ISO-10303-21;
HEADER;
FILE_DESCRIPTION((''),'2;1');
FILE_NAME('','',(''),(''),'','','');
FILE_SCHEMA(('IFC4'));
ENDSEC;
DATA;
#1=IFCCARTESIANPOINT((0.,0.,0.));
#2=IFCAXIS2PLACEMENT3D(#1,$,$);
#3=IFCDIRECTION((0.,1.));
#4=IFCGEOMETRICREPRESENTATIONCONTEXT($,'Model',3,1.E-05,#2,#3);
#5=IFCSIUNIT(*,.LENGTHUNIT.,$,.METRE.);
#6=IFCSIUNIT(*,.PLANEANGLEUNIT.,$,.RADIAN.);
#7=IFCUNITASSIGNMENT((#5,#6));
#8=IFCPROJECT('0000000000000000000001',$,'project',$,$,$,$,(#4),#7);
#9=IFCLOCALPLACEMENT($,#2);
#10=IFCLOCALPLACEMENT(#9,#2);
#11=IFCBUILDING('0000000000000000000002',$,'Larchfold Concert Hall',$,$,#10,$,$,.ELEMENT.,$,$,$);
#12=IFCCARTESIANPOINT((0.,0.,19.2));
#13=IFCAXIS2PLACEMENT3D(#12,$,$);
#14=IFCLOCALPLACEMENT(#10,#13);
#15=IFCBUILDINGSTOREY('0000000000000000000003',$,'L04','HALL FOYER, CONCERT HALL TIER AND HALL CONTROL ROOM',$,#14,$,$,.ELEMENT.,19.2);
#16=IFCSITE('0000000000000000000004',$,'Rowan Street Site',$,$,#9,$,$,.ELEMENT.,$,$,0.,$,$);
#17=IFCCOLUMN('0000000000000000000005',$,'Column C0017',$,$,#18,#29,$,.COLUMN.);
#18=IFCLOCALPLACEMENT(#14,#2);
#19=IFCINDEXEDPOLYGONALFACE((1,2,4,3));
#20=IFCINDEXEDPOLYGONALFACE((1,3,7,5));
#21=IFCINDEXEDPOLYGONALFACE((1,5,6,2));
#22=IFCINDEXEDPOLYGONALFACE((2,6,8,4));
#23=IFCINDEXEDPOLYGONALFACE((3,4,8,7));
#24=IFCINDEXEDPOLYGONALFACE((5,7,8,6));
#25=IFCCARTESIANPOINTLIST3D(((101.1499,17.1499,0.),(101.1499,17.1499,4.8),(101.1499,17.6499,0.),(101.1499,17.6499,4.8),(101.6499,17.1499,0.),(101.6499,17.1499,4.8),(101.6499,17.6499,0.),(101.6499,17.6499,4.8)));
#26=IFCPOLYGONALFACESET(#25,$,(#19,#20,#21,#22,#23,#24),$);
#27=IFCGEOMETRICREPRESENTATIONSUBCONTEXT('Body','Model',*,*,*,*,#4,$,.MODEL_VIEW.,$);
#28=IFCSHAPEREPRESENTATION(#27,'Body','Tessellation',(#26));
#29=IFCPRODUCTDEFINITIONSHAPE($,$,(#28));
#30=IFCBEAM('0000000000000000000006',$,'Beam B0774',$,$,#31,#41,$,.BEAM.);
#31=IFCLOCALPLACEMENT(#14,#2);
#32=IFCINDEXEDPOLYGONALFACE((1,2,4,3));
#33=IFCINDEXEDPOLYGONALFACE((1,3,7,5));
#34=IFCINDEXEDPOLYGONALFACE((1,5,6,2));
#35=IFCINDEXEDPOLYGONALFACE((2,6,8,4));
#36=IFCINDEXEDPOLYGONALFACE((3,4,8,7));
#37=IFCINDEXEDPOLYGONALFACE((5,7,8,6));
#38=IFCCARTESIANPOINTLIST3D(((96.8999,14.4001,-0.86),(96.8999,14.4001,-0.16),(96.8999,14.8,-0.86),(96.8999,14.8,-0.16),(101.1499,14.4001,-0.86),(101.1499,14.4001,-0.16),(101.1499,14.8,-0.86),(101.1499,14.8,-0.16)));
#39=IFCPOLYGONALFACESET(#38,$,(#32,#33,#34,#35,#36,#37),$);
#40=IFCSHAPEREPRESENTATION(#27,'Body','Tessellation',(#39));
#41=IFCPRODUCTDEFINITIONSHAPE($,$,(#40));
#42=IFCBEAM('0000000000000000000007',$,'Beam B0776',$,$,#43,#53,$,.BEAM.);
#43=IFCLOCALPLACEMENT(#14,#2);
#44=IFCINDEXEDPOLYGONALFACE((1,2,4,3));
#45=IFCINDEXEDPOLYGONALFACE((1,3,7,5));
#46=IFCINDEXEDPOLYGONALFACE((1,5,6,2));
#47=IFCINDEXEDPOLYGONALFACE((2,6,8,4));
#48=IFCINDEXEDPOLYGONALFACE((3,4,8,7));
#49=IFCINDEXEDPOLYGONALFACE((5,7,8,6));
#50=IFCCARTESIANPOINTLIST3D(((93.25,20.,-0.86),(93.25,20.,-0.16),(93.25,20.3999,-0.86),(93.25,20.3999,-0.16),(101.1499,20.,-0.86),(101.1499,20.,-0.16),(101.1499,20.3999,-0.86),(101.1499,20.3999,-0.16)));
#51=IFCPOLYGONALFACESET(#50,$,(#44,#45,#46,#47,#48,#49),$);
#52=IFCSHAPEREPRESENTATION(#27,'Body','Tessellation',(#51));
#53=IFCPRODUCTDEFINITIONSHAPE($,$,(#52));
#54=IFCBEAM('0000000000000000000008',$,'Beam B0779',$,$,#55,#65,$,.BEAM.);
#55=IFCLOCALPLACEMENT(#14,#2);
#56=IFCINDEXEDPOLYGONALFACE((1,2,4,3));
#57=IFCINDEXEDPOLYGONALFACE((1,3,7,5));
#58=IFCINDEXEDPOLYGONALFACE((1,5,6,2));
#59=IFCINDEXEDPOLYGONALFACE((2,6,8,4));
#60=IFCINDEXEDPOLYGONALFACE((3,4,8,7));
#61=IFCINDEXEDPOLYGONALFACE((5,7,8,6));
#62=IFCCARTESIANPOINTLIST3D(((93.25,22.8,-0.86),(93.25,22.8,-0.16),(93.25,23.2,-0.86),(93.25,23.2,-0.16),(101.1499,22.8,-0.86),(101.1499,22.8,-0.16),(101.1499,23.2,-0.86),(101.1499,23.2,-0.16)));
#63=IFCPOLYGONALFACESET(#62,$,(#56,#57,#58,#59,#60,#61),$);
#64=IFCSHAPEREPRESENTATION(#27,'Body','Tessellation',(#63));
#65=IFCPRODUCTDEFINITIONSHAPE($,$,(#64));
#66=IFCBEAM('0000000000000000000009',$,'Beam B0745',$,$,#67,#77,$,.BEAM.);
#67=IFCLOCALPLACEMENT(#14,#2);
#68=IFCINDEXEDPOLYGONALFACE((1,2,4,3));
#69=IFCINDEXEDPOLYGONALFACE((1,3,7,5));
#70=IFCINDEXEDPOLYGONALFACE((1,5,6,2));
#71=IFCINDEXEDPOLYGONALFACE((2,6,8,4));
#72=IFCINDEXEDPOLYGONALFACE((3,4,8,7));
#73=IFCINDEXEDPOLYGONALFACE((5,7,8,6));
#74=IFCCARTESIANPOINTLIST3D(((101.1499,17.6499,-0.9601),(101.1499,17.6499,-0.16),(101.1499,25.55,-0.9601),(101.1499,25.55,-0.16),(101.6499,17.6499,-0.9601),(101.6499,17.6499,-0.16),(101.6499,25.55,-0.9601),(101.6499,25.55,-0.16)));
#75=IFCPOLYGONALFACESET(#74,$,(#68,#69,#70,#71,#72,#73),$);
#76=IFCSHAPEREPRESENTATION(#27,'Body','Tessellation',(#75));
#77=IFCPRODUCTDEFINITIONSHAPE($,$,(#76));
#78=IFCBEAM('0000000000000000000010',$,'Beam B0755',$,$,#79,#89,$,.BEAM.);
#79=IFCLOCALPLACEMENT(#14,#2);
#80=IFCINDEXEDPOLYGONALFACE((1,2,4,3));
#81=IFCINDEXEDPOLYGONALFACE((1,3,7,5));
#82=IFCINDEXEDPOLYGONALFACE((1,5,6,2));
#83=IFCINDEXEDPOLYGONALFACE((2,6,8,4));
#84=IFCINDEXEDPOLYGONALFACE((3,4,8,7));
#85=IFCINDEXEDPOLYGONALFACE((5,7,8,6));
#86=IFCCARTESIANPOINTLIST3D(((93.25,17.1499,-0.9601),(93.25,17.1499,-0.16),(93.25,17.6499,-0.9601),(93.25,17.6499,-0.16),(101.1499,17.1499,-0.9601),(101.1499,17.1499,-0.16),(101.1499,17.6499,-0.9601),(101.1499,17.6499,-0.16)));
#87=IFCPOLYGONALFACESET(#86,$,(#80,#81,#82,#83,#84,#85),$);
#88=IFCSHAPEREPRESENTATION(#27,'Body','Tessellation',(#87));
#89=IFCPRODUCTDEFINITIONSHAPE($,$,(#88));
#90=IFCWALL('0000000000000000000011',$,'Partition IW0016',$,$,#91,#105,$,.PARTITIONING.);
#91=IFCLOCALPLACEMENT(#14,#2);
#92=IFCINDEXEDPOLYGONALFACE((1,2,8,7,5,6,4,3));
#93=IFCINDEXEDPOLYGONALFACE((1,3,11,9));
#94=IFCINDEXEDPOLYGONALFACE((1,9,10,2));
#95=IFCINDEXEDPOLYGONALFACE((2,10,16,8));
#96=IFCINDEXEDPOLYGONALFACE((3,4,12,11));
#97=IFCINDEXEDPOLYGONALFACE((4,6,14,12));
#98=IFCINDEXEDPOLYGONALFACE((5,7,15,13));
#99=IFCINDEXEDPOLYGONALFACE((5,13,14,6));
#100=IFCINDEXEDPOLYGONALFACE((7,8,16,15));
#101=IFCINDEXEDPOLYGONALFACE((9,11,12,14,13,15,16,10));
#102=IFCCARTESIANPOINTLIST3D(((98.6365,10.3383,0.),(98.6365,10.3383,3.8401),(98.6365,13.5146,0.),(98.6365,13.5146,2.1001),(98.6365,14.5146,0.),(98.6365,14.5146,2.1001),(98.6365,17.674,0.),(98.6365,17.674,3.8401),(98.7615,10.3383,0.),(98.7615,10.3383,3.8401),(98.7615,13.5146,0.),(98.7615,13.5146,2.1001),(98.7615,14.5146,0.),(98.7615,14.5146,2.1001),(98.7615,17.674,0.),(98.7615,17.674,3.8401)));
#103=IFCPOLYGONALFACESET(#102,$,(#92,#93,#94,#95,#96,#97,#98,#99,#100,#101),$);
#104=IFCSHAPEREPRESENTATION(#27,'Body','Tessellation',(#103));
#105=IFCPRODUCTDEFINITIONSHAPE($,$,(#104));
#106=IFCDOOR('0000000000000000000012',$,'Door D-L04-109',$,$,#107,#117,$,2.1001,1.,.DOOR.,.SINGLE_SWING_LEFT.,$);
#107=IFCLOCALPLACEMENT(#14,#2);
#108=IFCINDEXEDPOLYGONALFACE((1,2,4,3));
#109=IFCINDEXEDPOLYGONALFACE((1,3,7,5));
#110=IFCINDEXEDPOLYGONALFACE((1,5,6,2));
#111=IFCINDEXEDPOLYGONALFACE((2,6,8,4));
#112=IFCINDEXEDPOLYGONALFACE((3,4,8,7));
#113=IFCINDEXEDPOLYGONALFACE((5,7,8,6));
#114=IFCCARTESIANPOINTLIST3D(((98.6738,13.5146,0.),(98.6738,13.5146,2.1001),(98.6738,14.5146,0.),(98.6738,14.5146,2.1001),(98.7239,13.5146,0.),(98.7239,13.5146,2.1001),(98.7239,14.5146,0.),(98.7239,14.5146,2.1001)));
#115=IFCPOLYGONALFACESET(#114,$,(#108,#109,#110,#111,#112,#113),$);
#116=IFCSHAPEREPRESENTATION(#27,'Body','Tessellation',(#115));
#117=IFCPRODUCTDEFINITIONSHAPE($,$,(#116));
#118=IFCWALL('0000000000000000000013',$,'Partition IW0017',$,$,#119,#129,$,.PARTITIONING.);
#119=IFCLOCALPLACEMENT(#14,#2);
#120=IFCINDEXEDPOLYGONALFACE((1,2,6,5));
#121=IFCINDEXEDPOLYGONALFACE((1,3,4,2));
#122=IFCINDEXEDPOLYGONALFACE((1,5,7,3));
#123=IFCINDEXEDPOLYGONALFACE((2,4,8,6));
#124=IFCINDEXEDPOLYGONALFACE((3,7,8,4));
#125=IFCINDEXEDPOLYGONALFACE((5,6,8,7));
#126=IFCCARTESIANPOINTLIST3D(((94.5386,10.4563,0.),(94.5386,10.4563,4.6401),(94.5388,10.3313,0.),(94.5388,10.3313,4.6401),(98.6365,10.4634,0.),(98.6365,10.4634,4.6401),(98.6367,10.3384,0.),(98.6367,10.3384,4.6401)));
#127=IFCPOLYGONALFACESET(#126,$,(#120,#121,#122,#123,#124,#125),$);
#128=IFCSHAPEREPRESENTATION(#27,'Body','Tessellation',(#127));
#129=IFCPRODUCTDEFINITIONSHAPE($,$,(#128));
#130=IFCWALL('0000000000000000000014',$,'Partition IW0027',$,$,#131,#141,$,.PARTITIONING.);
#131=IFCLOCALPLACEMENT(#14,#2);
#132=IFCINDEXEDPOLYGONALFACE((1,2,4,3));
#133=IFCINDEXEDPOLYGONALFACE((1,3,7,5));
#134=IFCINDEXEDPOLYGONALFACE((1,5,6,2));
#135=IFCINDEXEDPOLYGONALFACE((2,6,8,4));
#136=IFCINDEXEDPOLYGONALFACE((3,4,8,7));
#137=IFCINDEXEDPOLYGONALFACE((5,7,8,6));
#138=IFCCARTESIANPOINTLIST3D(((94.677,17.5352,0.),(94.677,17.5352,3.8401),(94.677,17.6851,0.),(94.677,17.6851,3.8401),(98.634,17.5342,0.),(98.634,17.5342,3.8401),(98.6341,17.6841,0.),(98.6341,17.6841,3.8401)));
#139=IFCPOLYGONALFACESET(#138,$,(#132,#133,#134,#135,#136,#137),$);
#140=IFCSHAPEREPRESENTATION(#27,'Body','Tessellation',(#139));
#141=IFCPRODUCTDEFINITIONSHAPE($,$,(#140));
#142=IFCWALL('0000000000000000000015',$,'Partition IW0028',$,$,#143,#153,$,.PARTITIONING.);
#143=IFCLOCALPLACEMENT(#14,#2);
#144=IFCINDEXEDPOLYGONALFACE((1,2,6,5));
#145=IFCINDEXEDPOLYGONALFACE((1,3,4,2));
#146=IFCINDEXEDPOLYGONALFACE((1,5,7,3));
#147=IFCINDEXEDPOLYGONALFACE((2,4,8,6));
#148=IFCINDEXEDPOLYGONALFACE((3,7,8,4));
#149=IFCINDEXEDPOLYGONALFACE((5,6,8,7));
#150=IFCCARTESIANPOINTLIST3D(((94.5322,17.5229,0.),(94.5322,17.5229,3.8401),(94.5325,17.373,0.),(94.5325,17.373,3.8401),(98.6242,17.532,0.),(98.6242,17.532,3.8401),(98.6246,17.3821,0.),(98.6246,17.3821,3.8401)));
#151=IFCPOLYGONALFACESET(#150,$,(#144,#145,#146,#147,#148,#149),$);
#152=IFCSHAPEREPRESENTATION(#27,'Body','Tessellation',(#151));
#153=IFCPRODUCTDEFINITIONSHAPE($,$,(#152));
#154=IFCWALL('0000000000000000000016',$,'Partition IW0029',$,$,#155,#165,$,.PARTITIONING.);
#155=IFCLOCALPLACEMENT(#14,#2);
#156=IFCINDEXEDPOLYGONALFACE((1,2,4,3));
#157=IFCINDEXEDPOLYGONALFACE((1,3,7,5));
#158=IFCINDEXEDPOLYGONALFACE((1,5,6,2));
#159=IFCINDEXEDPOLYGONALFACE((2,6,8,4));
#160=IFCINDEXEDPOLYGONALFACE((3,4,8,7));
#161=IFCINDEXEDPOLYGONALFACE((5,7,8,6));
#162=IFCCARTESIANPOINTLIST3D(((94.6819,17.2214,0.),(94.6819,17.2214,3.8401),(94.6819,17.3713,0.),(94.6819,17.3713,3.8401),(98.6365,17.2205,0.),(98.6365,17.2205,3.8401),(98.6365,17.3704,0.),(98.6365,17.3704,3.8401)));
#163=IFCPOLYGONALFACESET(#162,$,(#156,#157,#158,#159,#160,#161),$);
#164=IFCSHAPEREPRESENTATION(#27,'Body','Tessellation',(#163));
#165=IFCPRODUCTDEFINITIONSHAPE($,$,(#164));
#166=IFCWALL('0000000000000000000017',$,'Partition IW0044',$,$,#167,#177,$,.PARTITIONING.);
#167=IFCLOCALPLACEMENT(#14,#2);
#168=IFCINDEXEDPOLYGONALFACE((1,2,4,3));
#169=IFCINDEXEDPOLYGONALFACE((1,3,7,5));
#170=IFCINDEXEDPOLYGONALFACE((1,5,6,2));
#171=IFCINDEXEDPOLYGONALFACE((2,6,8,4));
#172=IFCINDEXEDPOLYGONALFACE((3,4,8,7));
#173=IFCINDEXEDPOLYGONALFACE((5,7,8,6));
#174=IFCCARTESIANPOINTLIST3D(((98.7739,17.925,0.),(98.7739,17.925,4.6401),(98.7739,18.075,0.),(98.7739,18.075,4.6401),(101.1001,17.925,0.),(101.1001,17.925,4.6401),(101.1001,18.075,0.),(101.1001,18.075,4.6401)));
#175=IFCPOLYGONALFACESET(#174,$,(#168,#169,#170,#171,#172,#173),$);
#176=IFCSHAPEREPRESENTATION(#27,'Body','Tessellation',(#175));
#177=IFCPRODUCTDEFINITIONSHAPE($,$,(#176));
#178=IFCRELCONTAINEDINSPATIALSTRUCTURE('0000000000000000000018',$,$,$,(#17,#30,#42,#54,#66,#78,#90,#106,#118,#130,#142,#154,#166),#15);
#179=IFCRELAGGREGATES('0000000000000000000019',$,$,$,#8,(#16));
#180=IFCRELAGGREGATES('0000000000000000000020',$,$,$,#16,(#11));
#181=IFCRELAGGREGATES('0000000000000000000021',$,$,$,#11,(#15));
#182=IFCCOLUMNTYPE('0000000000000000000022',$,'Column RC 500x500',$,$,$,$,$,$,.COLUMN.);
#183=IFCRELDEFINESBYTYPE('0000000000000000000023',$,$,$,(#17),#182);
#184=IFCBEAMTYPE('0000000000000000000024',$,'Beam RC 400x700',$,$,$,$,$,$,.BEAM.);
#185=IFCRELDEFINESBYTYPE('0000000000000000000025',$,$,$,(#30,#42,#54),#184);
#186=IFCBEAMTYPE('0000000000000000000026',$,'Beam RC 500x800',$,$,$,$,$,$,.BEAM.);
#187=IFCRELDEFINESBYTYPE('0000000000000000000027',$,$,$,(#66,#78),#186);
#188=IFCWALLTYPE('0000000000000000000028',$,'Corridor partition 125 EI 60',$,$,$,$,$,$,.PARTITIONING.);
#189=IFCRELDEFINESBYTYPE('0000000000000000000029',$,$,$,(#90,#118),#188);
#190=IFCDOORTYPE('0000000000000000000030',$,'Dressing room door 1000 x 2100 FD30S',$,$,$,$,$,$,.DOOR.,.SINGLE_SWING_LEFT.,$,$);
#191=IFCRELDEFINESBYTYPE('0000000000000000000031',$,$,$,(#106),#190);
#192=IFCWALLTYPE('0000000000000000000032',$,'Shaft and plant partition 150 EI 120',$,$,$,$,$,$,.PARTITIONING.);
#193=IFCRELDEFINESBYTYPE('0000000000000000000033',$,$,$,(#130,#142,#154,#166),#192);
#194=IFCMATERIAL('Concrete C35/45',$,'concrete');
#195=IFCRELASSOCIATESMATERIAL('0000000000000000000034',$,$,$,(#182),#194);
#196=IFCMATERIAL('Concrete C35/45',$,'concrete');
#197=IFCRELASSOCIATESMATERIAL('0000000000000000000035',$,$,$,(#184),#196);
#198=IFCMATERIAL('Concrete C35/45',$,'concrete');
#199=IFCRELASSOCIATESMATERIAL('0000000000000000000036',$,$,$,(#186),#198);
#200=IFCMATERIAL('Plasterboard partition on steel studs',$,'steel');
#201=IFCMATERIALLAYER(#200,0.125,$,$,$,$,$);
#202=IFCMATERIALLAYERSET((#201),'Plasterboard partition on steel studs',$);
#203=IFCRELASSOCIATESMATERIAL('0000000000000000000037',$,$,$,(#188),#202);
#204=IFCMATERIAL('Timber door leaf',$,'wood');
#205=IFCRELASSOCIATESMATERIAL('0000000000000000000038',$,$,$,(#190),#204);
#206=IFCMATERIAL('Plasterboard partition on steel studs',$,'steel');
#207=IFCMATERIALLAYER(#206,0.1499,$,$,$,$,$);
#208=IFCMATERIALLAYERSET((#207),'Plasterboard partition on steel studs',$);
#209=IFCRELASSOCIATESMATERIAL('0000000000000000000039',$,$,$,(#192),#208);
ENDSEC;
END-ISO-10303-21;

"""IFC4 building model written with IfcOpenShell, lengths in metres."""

from ifc_helpers import new_model, si_unit, direction, frame, frame_2d, origin, origin_2d, place, context, subcontext, project, spatial, rectangle, extrude, material, layer, layer_set, material_profile, profile_set, type_object, element, fill, save


model = new_model("IFC4")

# Units and contexts
model_context = context("Model", 3, precision=1e-05, world=origin(), true_north=direction((0.0, 1.0)))
body_context = subcontext(model_context, "Body", "Model", "MODEL_VIEW")
ifc_project = project(units=[si_unit("LENGTHUNIT", "METRE"), si_unit("PLANEANGLEUNIT", "RADIAN")], contexts=[model_context])

# Site, building, storey
site_placement = place(None, origin())
site = spatial("IfcSite", under=ifc_project, at=site_placement, Name="Rowan Street Site", CompositionType="ELEMENT", RefElevation=0.0)
building_placement = place(site_placement, origin())
building = spatial("IfcBuilding", under=site, at=building_placement, Name="Larchfold Concert Hall", CompositionType="ELEMENT")
storey_placement = place(building_placement, frame((0.0, 0.0, 19.2)))
storey = spatial("IfcBuildingStorey", under=building, at=storey_placement, Name="L04", Description="HALL FOYER, CONCERT HALL TIER AND HALL CONTROL ROOM", CompositionType="ELEMENT", Elevation=19.2)

# Column
ifc_material_1 = material(Name="Concrete C35/45", Category="concrete")
ifc_material_profile_1 = material_profile(ifc_material_1, rectangle(XDim=0.5, YDim=0.5, at=origin_2d()))
ifc_profile_set_1 = profile_set([ifc_material_profile_1], Name="Concrete C35/45")
column_type = type_object("IfcColumnType", Name="Column RC 500x500", PredefinedType="COLUMN", material=ifc_profile_set_1)
column_placement = place(storey_placement, frame((101.3999, 17.3999, 0.0), z_axis=(0.0, 0.0, 1.0), x_axis=(1.0, 0.0, 0.0)))
element("IfcColumn", 1, at=column_placement, inside=storey, type_object=column_type, Name="Column C0017", PredefinedType="COLUMN", context=body_context, shape_type="SweptSolid", body=[
    extrude(rectangle(XDim=0.5, YDim=0.5, at=origin_2d()), origin(), (0.0, 0.0, 1.0), 4.8),
])

# Beams
ifc_material_2 = material(Name="Concrete C35/45", Category="concrete")
ifc_material_profile_2 = material_profile(ifc_material_2, rectangle(XDim=0.3999, YDim=0.7, at=origin_2d()))
ifc_profile_set_2 = profile_set([ifc_material_profile_2], Name="Concrete C35/45")
beam_type_1 = type_object("IfcBeamType", Name="Beam RC 400x700", PredefinedType="BEAM", material=ifc_profile_set_2)
beam_1_placement = place(storey_placement, frame((96.8999, 14.6001, -0.51), z_axis=(1.0, 0.0, 0.0), x_axis=(0.0, 1.0, 0.0)))
element("IfcBeam", 2, at=beam_1_placement, inside=storey, type_object=beam_type_1, Name="Beam B0774", PredefinedType="BEAM", context=body_context, shape_type="SweptSolid", body=[
    extrude(rectangle(XDim=0.3999, YDim=0.7, at=origin_2d()), origin(), (0.0, 0.0, 1.0), 4.25),
])
for number, where, z_axis, x_axis, name in (
    (3, (93.25, 20.2, -0.51), (1.0, 0.0, 0.0), (0.0, 1.0, 0.0), "Beam B0776"),
    (4, (93.25, 23.0, -0.51), (1.0, 0.0, 0.0), (0.0, 1.0, 0.0), "Beam B0779"),
):
    element("IfcBeam", number, at=place(storey_placement, frame(where, z_axis=z_axis, x_axis=x_axis)), inside=storey, type_object=beam_type_1, Name=name, PredefinedType="BEAM", context=body_context, shape_type="SweptSolid", body=[
        extrude(rectangle(XDim=0.3999, YDim=0.7, at=origin_2d()), origin(), (0.0, 0.0, 1.0), 7.8999),
    ])
ifc_material_3 = material(Name="Concrete C35/45", Category="concrete")
ifc_material_profile_3 = material_profile(ifc_material_3, rectangle(XDim=0.5, YDim=0.8, at=origin_2d()))
ifc_profile_set_3 = profile_set([ifc_material_profile_3], Name="Concrete C35/45")
beam_type_2 = type_object("IfcBeamType", Name="Beam RC 500x800", PredefinedType="BEAM", material=ifc_profile_set_3)
beam_2_placement = place(storey_placement, frame((101.3999, 17.6499, -0.5601), z_axis=(0.0, 1.0, 0.0), x_axis=(-1.0, 0.0, 0.0)))
element("IfcBeam", 5, at=beam_2_placement, inside=storey, type_object=beam_type_2, Name="Beam B0745", PredefinedType="BEAM", context=body_context, shape_type="SweptSolid", body=[
    extrude(rectangle(XDim=0.5, YDim=0.8, at=origin_2d()), origin(), (0.0, 0.0, 1.0), 7.9001),
])
beam_3_placement = place(storey_placement, frame((93.25, 17.3999, -0.5601), z_axis=(1.0, 0.0, 0.0), x_axis=(0.0, 1.0, 0.0)))
element("IfcBeam", 6, at=beam_3_placement, inside=storey, type_object=beam_type_2, Name="Beam B0755", PredefinedType="BEAM", context=body_context, shape_type="SweptSolid", body=[
    extrude(rectangle(XDim=0.5, YDim=0.8, at=origin_2d()), origin(), (0.0, 0.0, 1.0), 7.8999),
])

# Wall, opening, door
ifc_material_4 = material(Name="Plasterboard partition on steel studs", Category="steel")
ifc_layer_1 = layer(ifc_material_4, 0.125)
ifc_layer_set_1 = layer_set([ifc_layer_1], Name="Plasterboard partition on steel studs")
wall_type_1 = type_object("IfcWallType", Name="Corridor partition 125 EI 60", PredefinedType="PARTITIONING", material=ifc_layer_set_1)
wall_1_placement = place(storey_placement, frame((98.699, 17.6741, 0.0), z_axis=(0.0, 0.0, 1.0), x_axis=(0.0, -1.0, 0.0)))
wall_1 = element("IfcWall", 7, at=wall_1_placement, inside=storey, type_object=wall_type_1, Name="Partition IW0016", PredefinedType="PARTITIONING", context=body_context, shape_type="SweptSolid", body=[
    extrude(rectangle(XDim=7.3357, YDim=0.125, at=frame_2d((3.668, 0.0))), origin(), (0.0, 0.0, 1.0), 3.8401),
])
opening_1_placement = place(wall_1_placement, frame((3.1594, 0.0, 0.0)))
opening_1 = element("IfcOpeningElement", 8, at=opening_1_placement, cuts=wall_1, PredefinedType="OPENING", context=body_context, shape_type="SweptSolid", body=[
    extrude(rectangle(XDim=1.0, YDim=2.1001, at=frame_2d((0.5, 1.05))), frame((0.0, 0.0725, 0.0), z_axis=(0.0, -1.0, 0.0), x_axis=(1.0, 0.0, 0.0)), (0.0, 0.0, 1.0), 0.145),
])
ifc_material_5 = material(Name="Timber door leaf", Category="wood")
door_type_1 = type_object("IfcDoorType", Name="Dressing room door 1000 x 2100 FD30S", OperationType="SINGLE_SWING_LEFT", PredefinedType="DOOR", material=ifc_material_5)
door_1_placement = place(opening_1_placement, origin())
door_1 = element("IfcDoor", 9, at=door_1_placement, inside=storey, type_object=door_type_1, Name="Door D-L04-109", OperationType="SINGLE_SWING_LEFT", OverallHeight=2.1001, OverallWidth=1.0, PredefinedType="DOOR", context=body_context, shape_type="SweptSolid", body=[
    extrude(rectangle(XDim=1.0, YDim=2.1001, at=frame_2d((0.5, 1.05))), frame((0.0, 0.0249, 0.0), z_axis=(0.0, -1.0, 0.0), x_axis=(1.0, 0.0, 0.0)), (0.0, 0.0, 1.0), 0.05),
])
fill(opening_1, door_1)

# Walls
wall_2_placement = place(storey_placement, frame((98.6365, 10.4009, 0.0), z_axis=(0.0, 0.0, 1.0), x_axis=(-0.999999, -0.001728, 0.0)))
element("IfcWall", 10, at=wall_2_placement, inside=storey, type_object=wall_type_1, Name="Partition IW0017", PredefinedType="PARTITIONING", context=body_context, shape_type="SweptSolid", body=[
    extrude(rectangle(XDim=4.0979, YDim=0.125, at=frame_2d((2.0488, 0.0))), origin(), (0.0, 0.0, 1.0), 4.6401),
])
ifc_material_6 = material(Name="Plasterboard partition on steel studs", Category="steel")
ifc_layer_2 = layer(ifc_material_6, 0.1499)
ifc_layer_set_2 = layer_set([ifc_layer_2], Name="Plasterboard partition on steel studs")
wall_type_2 = type_object("IfcWallType", Name="Shaft and plant partition 150 EI 120", PredefinedType="PARTITIONING", material=ifc_layer_set_2)
wall_3_placement = place(storey_placement, frame((94.677, 17.6101, 0.0), z_axis=(0.0, 0.0, 1.0), x_axis=(1.0, -0.000247, 0.0)))
element("IfcWall", 11, at=wall_3_placement, inside=storey, type_object=wall_type_2, Name="Partition IW0027", PredefinedType="PARTITIONING", context=body_context, shape_type="SweptSolid", body=[
    extrude(rectangle(XDim=3.957, YDim=0.1499, at=frame_2d((1.9785, 0.0))), origin(), (0.0, 0.0, 1.0), 3.8401),
])
wall_4_placement = place(storey_placement, frame((98.6243, 17.457, 0.0), z_axis=(0.0, 0.0, 1.0), x_axis=(-0.999998, -0.002208, 0.0)))
element("IfcWall", 12, at=wall_4_placement, inside=storey, type_object=wall_type_2, Name="Partition IW0028", PredefinedType="PARTITIONING", context=body_context, shape_type="SweptSolid", body=[
    extrude(rectangle(XDim=4.092, YDim=0.1499, at=frame_2d((2.0459, 0.0))), origin(), (0.0, 0.0, 1.0), 3.8401),
])
wall_5_placement = place(storey_placement, frame((94.6819, 17.2964, 0.0), z_axis=(0.0, 0.0, 1.0), x_axis=(1.0, -0.000247, 0.0)))
element("IfcWall", 13, at=wall_5_placement, inside=storey, type_object=wall_type_2, Name="Partition IW0029", PredefinedType="PARTITIONING", context=body_context, shape_type="SweptSolid", body=[
    extrude(rectangle(XDim=3.9546, YDim=0.1499, at=frame_2d((1.9773, 0.0))), origin(), (0.0, 0.0, 1.0), 3.8401),
])
wall_6_placement = place(storey_placement, frame((98.7739, 18.0, 0.0), z_axis=(0.0, 0.0, 1.0), x_axis=(1.0, 0.0, 0.0)))
element("IfcWall", 14, at=wall_6_placement, inside=storey, type_object=wall_type_2, Name="Partition IW0044", PredefinedType="PARTITIONING", context=body_context, shape_type="SweptSolid", body=[
    extrude(rectangle(XDim=2.3262, YDim=0.1499, at=frame_2d((1.1631, 0.0))), origin(), (0.0, 0.0, 1.0), 4.6401),
])

save(model, "model.ifc")
